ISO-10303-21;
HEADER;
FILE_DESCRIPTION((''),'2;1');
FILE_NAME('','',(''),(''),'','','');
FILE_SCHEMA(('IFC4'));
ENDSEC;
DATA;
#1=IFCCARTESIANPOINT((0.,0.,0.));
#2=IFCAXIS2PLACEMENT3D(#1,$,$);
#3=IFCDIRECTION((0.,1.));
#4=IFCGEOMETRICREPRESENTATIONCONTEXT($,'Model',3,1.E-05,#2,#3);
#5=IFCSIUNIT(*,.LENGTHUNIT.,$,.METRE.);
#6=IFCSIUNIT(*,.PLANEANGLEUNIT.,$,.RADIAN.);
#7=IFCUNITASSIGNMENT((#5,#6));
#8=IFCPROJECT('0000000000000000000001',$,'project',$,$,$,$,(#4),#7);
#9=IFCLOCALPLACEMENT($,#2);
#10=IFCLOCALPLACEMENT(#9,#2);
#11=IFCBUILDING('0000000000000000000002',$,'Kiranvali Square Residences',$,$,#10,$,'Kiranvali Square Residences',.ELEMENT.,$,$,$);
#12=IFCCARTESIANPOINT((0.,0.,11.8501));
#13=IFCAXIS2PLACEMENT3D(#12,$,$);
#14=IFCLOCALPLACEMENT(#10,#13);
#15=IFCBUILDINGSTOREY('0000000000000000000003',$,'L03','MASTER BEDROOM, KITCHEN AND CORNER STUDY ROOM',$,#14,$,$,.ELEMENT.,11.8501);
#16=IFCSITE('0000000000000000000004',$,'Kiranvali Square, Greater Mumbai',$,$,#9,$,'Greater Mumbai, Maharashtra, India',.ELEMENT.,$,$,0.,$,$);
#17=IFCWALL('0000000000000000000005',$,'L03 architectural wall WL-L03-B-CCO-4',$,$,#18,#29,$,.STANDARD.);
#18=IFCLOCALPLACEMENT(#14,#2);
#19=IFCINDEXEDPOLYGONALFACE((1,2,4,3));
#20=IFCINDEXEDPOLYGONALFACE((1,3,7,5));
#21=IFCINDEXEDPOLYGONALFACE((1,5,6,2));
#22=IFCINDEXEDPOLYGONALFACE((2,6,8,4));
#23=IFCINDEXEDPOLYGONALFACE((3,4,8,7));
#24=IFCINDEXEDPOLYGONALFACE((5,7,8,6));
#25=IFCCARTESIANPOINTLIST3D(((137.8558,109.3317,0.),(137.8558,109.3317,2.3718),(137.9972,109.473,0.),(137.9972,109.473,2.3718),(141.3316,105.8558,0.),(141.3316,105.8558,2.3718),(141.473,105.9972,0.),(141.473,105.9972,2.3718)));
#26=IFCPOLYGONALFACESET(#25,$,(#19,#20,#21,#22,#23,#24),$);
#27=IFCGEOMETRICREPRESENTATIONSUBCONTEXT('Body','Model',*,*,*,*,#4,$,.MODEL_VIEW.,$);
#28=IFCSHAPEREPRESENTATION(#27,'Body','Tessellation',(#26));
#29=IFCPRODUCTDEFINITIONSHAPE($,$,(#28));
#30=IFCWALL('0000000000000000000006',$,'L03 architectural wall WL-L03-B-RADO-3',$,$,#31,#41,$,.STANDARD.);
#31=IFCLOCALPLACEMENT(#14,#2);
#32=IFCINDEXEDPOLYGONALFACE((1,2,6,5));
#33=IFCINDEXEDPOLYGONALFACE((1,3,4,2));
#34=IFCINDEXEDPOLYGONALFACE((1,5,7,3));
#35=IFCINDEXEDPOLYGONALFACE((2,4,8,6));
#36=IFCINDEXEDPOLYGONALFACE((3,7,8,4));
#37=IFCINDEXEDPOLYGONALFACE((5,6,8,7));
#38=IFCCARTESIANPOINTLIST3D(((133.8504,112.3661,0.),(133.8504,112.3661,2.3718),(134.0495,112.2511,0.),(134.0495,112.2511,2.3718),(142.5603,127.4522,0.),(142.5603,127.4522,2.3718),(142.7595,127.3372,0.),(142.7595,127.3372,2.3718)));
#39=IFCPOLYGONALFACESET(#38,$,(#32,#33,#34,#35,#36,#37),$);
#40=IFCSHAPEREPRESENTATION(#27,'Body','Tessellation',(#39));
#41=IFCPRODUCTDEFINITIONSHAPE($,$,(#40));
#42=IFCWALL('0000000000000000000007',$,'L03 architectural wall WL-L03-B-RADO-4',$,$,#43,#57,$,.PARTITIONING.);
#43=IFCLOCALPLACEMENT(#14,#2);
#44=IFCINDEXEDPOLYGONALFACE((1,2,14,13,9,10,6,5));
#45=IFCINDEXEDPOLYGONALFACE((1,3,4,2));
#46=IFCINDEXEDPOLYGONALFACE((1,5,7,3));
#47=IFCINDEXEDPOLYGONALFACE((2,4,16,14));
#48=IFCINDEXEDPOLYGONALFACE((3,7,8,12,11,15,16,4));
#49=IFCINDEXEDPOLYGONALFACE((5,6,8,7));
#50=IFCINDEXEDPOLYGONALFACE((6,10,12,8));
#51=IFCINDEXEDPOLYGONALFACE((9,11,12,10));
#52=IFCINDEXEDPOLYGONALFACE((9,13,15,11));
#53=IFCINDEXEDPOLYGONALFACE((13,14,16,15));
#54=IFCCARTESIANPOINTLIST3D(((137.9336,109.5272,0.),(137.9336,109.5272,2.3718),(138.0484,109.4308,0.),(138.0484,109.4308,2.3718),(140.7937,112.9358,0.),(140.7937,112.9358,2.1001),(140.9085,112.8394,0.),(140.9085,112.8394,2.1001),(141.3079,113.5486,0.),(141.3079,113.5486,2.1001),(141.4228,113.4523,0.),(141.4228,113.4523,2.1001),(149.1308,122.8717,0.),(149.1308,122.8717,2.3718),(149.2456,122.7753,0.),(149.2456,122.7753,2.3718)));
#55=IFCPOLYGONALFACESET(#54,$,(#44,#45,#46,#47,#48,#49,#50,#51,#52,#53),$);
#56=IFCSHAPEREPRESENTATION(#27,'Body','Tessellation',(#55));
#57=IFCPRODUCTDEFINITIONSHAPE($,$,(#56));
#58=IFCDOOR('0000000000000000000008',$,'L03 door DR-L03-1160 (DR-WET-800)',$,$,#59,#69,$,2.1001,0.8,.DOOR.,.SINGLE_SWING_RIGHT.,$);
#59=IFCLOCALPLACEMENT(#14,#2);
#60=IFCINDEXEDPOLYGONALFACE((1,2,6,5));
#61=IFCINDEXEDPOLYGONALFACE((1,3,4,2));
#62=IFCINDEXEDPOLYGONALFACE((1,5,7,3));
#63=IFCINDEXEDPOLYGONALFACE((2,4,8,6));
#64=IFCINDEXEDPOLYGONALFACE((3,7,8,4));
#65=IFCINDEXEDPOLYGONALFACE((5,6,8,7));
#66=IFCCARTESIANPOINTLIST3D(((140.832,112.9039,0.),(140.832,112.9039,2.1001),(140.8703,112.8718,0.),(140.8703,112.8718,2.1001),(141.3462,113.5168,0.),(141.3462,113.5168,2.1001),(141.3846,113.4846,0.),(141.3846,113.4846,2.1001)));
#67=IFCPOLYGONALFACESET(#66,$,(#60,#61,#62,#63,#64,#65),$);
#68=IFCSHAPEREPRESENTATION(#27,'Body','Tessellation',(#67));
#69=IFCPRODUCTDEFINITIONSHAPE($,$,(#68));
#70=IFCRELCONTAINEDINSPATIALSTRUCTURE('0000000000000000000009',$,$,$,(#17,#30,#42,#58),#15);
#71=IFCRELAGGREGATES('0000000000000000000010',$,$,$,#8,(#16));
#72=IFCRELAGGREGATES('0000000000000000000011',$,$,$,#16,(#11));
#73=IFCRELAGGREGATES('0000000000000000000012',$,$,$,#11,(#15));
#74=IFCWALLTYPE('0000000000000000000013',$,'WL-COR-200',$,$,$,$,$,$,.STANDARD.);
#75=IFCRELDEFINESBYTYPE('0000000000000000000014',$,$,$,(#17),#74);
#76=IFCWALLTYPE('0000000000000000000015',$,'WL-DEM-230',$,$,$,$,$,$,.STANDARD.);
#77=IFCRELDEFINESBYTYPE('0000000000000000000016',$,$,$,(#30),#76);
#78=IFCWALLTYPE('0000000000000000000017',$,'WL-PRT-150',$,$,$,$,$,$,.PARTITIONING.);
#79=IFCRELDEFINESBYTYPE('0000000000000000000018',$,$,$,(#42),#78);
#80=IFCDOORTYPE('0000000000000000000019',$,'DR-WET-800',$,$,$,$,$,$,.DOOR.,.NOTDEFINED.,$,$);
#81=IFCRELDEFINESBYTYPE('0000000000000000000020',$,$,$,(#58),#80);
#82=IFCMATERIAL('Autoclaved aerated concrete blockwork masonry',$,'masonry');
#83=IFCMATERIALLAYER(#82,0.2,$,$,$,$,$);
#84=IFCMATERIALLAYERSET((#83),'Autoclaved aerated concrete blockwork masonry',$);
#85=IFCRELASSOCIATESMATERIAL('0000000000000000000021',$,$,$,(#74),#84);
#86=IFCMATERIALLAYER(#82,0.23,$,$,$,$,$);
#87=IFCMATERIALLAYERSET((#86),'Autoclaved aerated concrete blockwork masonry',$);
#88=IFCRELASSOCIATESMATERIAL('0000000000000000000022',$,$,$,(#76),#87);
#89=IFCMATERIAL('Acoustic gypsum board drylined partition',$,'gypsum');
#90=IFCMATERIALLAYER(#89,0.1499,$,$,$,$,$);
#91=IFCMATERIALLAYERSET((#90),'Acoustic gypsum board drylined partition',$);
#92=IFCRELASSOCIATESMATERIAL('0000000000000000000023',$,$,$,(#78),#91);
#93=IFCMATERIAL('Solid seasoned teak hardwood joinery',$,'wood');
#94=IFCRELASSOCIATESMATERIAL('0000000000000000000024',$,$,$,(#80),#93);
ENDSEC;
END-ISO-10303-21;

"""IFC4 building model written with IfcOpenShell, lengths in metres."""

from ifc_helpers import new_model, si_unit, direction, frame, frame_2d, origin, place, context, subcontext, project, spatial, rectangle, extrude, material, layer, layer_set, type_object, element, fill, save


model = new_model("IFC4")

# Units and contexts
model_context = context("Model", 3, precision=1e-05, world=origin(), true_north=direction((0.0, 1.0)))
body_context = subcontext(model_context, "Body", "Model", "MODEL_VIEW")
ifc_project = project(units=[si_unit("LENGTHUNIT", "METRE"), si_unit("PLANEANGLEUNIT", "RADIAN")], contexts=[model_context])

# Site, building, storey
site_placement = place(None, origin())
site = spatial("IfcSite", under=ifc_project, at=site_placement, Name="Kiranvali Square, Greater Mumbai", LongName="Greater Mumbai, Maharashtra, India", CompositionType="ELEMENT", RefElevation=0.0)
building_placement = place(site_placement, origin())
building = spatial("IfcBuilding", under=site, at=building_placement, Name="Kiranvali Square Residences", LongName="Kiranvali Square Residences", CompositionType="ELEMENT")
storey_placement = place(building_placement, frame((0.0, 0.0, 11.8501)))
storey = spatial("IfcBuildingStorey", under=building, at=storey_placement, Name="L03", Description="MASTER BEDROOM, KITCHEN AND CORNER STUDY ROOM", CompositionType="ELEMENT", Elevation=11.8501)

# Shared definitions
ifc_material_1 = material(Name="Autoclaved aerated concrete blockwork masonry", Category="masonry")
ifc_layer_1 = layer(ifc_material_1, 0.2)
ifc_layer_set_1 = layer_set([ifc_layer_1], Name="Autoclaved aerated concrete blockwork masonry")
wall_type_1 = type_object("IfcWallType", Name="WL-COR-200", PredefinedType="STANDARD", material=ifc_layer_set_1)

# Walls
wall_1_placement = place(storey_placement, frame((137.9265, 109.4023, 0.0), z_axis=(0.0, 0.0, 1.0), x_axis=(0.707107, -0.707107, 0.0)))
element("IfcWall", 1, at=wall_1_placement, inside=storey, type_object=wall_type_1, Name="L03 architectural wall WL-L03-B-CCO-4", PredefinedType="STANDARD", context=body_context, shape_type="SweptSolid", body=[
    extrude(rectangle(XDim=4.9155, YDim=0.2, at=frame_2d((2.4578, 0.0))), origin(), (0.0, 0.0, 1.0), 2.3718),
])
ifc_layer_2 = layer(ifc_material_1, 0.23)
ifc_layer_set_2 = layer_set([ifc_layer_2], Name="Autoclaved aerated concrete blockwork masonry")
wall_type_2 = type_object("IfcWallType", Name="WL-DEM-230", PredefinedType="STANDARD", material=ifc_layer_set_2)
wall_2_placement = place(storey_placement, frame((133.95, 112.3086, 0.0), z_axis=(0.0, 0.0, 1.0), x_axis=(0.499998, 0.866027, 0.0)))
element("IfcWall", 2, at=wall_2_placement, inside=storey, type_object=wall_type_2, Name="L03 architectural wall WL-L03-B-RADO-3", PredefinedType="STANDARD", context=body_context, shape_type="SweptSolid", body=[
    extrude(rectangle(XDim=17.4199, YDim=0.23, at=frame_2d((8.71, 0.0))), origin(), (0.0, 0.0, 1.0), 2.3718),
])

# Wall, opening, door
ifc_material_2 = material(Name="Acoustic gypsum board drylined partition", Category="gypsum")
ifc_layer_3 = layer(ifc_material_2, 0.1499)
ifc_layer_set_3 = layer_set([ifc_layer_3], Name="Acoustic gypsum board drylined partition")
wall_type_3 = type_object("IfcWallType", Name="WL-PRT-150", PredefinedType="PARTITIONING", material=ifc_layer_set_3)
wall_3_placement = place(storey_placement, frame((137.991, 109.479, 0.0), z_axis=(0.0, 0.0, 1.0), x_axis=(0.642785, 0.766047, 0.0)))
wall_3 = element("IfcWall", 3, at=wall_3_placement, inside=storey, type_object=wall_type_3, Name="L03 architectural wall WL-L03-B-RADO-4", PredefinedType="PARTITIONING", context=body_context, shape_type="SweptSolid", body=[
    extrude(rectangle(XDim=17.4199, YDim=0.1499, at=frame_2d((8.71, 0.0))), origin(), (0.0, 0.0, 1.0), 2.3718),
])
opening_1_placement = place(wall_3_placement, frame((4.4497, 0.0, 0.0)))
opening_1 = element("IfcOpeningElement", 4, at=opening_1_placement, cuts=wall_3, PredefinedType="OPENING", context=body_context, shape_type="SweptSolid", body=[
    extrude(rectangle(XDim=0.8, YDim=2.1001, at=frame_2d((0.3999, 1.05))), frame((0.0, 0.085, 0.0), z_axis=(0.0, -1.0, 0.0), x_axis=(1.0, 0.0, 0.0)), (0.0, 0.0, 1.0), 0.1699),
])
ifc_material_3 = material(Name="Solid seasoned teak hardwood joinery", Category="wood")
door_type_1 = type_object("IfcDoorType", Name="DR-WET-800", OperationType="NOTDEFINED", PredefinedType="DOOR", material=ifc_material_3)
door_1_placement = place(opening_1_placement, frame((0.8, 0.0, 0.0), z_axis=(0.0, 0.0, 1.0), x_axis=(-1.0, 0.0, 0.0)))
door_1 = element("IfcDoor", 5, at=door_1_placement, inside=storey, type_object=door_type_1, Name="L03 door DR-L03-1160 (DR-WET-800)", OperationType="SINGLE_SWING_RIGHT", OverallHeight=2.1001, OverallWidth=0.8, PredefinedType="DOOR", context=body_context, shape_type="SweptSolid", body=[
    extrude(rectangle(XDim=0.8, YDim=2.1001, at=frame_2d((0.3999, 1.05))), frame((0.0, 0.0249, 0.0), z_axis=(0.0, -1.0, 0.0), x_axis=(1.0, 0.0, 0.0)), (0.0, 0.0, 1.0), 0.05),
])
fill(opening_1, door_1)

save(model, "model.ifc")
